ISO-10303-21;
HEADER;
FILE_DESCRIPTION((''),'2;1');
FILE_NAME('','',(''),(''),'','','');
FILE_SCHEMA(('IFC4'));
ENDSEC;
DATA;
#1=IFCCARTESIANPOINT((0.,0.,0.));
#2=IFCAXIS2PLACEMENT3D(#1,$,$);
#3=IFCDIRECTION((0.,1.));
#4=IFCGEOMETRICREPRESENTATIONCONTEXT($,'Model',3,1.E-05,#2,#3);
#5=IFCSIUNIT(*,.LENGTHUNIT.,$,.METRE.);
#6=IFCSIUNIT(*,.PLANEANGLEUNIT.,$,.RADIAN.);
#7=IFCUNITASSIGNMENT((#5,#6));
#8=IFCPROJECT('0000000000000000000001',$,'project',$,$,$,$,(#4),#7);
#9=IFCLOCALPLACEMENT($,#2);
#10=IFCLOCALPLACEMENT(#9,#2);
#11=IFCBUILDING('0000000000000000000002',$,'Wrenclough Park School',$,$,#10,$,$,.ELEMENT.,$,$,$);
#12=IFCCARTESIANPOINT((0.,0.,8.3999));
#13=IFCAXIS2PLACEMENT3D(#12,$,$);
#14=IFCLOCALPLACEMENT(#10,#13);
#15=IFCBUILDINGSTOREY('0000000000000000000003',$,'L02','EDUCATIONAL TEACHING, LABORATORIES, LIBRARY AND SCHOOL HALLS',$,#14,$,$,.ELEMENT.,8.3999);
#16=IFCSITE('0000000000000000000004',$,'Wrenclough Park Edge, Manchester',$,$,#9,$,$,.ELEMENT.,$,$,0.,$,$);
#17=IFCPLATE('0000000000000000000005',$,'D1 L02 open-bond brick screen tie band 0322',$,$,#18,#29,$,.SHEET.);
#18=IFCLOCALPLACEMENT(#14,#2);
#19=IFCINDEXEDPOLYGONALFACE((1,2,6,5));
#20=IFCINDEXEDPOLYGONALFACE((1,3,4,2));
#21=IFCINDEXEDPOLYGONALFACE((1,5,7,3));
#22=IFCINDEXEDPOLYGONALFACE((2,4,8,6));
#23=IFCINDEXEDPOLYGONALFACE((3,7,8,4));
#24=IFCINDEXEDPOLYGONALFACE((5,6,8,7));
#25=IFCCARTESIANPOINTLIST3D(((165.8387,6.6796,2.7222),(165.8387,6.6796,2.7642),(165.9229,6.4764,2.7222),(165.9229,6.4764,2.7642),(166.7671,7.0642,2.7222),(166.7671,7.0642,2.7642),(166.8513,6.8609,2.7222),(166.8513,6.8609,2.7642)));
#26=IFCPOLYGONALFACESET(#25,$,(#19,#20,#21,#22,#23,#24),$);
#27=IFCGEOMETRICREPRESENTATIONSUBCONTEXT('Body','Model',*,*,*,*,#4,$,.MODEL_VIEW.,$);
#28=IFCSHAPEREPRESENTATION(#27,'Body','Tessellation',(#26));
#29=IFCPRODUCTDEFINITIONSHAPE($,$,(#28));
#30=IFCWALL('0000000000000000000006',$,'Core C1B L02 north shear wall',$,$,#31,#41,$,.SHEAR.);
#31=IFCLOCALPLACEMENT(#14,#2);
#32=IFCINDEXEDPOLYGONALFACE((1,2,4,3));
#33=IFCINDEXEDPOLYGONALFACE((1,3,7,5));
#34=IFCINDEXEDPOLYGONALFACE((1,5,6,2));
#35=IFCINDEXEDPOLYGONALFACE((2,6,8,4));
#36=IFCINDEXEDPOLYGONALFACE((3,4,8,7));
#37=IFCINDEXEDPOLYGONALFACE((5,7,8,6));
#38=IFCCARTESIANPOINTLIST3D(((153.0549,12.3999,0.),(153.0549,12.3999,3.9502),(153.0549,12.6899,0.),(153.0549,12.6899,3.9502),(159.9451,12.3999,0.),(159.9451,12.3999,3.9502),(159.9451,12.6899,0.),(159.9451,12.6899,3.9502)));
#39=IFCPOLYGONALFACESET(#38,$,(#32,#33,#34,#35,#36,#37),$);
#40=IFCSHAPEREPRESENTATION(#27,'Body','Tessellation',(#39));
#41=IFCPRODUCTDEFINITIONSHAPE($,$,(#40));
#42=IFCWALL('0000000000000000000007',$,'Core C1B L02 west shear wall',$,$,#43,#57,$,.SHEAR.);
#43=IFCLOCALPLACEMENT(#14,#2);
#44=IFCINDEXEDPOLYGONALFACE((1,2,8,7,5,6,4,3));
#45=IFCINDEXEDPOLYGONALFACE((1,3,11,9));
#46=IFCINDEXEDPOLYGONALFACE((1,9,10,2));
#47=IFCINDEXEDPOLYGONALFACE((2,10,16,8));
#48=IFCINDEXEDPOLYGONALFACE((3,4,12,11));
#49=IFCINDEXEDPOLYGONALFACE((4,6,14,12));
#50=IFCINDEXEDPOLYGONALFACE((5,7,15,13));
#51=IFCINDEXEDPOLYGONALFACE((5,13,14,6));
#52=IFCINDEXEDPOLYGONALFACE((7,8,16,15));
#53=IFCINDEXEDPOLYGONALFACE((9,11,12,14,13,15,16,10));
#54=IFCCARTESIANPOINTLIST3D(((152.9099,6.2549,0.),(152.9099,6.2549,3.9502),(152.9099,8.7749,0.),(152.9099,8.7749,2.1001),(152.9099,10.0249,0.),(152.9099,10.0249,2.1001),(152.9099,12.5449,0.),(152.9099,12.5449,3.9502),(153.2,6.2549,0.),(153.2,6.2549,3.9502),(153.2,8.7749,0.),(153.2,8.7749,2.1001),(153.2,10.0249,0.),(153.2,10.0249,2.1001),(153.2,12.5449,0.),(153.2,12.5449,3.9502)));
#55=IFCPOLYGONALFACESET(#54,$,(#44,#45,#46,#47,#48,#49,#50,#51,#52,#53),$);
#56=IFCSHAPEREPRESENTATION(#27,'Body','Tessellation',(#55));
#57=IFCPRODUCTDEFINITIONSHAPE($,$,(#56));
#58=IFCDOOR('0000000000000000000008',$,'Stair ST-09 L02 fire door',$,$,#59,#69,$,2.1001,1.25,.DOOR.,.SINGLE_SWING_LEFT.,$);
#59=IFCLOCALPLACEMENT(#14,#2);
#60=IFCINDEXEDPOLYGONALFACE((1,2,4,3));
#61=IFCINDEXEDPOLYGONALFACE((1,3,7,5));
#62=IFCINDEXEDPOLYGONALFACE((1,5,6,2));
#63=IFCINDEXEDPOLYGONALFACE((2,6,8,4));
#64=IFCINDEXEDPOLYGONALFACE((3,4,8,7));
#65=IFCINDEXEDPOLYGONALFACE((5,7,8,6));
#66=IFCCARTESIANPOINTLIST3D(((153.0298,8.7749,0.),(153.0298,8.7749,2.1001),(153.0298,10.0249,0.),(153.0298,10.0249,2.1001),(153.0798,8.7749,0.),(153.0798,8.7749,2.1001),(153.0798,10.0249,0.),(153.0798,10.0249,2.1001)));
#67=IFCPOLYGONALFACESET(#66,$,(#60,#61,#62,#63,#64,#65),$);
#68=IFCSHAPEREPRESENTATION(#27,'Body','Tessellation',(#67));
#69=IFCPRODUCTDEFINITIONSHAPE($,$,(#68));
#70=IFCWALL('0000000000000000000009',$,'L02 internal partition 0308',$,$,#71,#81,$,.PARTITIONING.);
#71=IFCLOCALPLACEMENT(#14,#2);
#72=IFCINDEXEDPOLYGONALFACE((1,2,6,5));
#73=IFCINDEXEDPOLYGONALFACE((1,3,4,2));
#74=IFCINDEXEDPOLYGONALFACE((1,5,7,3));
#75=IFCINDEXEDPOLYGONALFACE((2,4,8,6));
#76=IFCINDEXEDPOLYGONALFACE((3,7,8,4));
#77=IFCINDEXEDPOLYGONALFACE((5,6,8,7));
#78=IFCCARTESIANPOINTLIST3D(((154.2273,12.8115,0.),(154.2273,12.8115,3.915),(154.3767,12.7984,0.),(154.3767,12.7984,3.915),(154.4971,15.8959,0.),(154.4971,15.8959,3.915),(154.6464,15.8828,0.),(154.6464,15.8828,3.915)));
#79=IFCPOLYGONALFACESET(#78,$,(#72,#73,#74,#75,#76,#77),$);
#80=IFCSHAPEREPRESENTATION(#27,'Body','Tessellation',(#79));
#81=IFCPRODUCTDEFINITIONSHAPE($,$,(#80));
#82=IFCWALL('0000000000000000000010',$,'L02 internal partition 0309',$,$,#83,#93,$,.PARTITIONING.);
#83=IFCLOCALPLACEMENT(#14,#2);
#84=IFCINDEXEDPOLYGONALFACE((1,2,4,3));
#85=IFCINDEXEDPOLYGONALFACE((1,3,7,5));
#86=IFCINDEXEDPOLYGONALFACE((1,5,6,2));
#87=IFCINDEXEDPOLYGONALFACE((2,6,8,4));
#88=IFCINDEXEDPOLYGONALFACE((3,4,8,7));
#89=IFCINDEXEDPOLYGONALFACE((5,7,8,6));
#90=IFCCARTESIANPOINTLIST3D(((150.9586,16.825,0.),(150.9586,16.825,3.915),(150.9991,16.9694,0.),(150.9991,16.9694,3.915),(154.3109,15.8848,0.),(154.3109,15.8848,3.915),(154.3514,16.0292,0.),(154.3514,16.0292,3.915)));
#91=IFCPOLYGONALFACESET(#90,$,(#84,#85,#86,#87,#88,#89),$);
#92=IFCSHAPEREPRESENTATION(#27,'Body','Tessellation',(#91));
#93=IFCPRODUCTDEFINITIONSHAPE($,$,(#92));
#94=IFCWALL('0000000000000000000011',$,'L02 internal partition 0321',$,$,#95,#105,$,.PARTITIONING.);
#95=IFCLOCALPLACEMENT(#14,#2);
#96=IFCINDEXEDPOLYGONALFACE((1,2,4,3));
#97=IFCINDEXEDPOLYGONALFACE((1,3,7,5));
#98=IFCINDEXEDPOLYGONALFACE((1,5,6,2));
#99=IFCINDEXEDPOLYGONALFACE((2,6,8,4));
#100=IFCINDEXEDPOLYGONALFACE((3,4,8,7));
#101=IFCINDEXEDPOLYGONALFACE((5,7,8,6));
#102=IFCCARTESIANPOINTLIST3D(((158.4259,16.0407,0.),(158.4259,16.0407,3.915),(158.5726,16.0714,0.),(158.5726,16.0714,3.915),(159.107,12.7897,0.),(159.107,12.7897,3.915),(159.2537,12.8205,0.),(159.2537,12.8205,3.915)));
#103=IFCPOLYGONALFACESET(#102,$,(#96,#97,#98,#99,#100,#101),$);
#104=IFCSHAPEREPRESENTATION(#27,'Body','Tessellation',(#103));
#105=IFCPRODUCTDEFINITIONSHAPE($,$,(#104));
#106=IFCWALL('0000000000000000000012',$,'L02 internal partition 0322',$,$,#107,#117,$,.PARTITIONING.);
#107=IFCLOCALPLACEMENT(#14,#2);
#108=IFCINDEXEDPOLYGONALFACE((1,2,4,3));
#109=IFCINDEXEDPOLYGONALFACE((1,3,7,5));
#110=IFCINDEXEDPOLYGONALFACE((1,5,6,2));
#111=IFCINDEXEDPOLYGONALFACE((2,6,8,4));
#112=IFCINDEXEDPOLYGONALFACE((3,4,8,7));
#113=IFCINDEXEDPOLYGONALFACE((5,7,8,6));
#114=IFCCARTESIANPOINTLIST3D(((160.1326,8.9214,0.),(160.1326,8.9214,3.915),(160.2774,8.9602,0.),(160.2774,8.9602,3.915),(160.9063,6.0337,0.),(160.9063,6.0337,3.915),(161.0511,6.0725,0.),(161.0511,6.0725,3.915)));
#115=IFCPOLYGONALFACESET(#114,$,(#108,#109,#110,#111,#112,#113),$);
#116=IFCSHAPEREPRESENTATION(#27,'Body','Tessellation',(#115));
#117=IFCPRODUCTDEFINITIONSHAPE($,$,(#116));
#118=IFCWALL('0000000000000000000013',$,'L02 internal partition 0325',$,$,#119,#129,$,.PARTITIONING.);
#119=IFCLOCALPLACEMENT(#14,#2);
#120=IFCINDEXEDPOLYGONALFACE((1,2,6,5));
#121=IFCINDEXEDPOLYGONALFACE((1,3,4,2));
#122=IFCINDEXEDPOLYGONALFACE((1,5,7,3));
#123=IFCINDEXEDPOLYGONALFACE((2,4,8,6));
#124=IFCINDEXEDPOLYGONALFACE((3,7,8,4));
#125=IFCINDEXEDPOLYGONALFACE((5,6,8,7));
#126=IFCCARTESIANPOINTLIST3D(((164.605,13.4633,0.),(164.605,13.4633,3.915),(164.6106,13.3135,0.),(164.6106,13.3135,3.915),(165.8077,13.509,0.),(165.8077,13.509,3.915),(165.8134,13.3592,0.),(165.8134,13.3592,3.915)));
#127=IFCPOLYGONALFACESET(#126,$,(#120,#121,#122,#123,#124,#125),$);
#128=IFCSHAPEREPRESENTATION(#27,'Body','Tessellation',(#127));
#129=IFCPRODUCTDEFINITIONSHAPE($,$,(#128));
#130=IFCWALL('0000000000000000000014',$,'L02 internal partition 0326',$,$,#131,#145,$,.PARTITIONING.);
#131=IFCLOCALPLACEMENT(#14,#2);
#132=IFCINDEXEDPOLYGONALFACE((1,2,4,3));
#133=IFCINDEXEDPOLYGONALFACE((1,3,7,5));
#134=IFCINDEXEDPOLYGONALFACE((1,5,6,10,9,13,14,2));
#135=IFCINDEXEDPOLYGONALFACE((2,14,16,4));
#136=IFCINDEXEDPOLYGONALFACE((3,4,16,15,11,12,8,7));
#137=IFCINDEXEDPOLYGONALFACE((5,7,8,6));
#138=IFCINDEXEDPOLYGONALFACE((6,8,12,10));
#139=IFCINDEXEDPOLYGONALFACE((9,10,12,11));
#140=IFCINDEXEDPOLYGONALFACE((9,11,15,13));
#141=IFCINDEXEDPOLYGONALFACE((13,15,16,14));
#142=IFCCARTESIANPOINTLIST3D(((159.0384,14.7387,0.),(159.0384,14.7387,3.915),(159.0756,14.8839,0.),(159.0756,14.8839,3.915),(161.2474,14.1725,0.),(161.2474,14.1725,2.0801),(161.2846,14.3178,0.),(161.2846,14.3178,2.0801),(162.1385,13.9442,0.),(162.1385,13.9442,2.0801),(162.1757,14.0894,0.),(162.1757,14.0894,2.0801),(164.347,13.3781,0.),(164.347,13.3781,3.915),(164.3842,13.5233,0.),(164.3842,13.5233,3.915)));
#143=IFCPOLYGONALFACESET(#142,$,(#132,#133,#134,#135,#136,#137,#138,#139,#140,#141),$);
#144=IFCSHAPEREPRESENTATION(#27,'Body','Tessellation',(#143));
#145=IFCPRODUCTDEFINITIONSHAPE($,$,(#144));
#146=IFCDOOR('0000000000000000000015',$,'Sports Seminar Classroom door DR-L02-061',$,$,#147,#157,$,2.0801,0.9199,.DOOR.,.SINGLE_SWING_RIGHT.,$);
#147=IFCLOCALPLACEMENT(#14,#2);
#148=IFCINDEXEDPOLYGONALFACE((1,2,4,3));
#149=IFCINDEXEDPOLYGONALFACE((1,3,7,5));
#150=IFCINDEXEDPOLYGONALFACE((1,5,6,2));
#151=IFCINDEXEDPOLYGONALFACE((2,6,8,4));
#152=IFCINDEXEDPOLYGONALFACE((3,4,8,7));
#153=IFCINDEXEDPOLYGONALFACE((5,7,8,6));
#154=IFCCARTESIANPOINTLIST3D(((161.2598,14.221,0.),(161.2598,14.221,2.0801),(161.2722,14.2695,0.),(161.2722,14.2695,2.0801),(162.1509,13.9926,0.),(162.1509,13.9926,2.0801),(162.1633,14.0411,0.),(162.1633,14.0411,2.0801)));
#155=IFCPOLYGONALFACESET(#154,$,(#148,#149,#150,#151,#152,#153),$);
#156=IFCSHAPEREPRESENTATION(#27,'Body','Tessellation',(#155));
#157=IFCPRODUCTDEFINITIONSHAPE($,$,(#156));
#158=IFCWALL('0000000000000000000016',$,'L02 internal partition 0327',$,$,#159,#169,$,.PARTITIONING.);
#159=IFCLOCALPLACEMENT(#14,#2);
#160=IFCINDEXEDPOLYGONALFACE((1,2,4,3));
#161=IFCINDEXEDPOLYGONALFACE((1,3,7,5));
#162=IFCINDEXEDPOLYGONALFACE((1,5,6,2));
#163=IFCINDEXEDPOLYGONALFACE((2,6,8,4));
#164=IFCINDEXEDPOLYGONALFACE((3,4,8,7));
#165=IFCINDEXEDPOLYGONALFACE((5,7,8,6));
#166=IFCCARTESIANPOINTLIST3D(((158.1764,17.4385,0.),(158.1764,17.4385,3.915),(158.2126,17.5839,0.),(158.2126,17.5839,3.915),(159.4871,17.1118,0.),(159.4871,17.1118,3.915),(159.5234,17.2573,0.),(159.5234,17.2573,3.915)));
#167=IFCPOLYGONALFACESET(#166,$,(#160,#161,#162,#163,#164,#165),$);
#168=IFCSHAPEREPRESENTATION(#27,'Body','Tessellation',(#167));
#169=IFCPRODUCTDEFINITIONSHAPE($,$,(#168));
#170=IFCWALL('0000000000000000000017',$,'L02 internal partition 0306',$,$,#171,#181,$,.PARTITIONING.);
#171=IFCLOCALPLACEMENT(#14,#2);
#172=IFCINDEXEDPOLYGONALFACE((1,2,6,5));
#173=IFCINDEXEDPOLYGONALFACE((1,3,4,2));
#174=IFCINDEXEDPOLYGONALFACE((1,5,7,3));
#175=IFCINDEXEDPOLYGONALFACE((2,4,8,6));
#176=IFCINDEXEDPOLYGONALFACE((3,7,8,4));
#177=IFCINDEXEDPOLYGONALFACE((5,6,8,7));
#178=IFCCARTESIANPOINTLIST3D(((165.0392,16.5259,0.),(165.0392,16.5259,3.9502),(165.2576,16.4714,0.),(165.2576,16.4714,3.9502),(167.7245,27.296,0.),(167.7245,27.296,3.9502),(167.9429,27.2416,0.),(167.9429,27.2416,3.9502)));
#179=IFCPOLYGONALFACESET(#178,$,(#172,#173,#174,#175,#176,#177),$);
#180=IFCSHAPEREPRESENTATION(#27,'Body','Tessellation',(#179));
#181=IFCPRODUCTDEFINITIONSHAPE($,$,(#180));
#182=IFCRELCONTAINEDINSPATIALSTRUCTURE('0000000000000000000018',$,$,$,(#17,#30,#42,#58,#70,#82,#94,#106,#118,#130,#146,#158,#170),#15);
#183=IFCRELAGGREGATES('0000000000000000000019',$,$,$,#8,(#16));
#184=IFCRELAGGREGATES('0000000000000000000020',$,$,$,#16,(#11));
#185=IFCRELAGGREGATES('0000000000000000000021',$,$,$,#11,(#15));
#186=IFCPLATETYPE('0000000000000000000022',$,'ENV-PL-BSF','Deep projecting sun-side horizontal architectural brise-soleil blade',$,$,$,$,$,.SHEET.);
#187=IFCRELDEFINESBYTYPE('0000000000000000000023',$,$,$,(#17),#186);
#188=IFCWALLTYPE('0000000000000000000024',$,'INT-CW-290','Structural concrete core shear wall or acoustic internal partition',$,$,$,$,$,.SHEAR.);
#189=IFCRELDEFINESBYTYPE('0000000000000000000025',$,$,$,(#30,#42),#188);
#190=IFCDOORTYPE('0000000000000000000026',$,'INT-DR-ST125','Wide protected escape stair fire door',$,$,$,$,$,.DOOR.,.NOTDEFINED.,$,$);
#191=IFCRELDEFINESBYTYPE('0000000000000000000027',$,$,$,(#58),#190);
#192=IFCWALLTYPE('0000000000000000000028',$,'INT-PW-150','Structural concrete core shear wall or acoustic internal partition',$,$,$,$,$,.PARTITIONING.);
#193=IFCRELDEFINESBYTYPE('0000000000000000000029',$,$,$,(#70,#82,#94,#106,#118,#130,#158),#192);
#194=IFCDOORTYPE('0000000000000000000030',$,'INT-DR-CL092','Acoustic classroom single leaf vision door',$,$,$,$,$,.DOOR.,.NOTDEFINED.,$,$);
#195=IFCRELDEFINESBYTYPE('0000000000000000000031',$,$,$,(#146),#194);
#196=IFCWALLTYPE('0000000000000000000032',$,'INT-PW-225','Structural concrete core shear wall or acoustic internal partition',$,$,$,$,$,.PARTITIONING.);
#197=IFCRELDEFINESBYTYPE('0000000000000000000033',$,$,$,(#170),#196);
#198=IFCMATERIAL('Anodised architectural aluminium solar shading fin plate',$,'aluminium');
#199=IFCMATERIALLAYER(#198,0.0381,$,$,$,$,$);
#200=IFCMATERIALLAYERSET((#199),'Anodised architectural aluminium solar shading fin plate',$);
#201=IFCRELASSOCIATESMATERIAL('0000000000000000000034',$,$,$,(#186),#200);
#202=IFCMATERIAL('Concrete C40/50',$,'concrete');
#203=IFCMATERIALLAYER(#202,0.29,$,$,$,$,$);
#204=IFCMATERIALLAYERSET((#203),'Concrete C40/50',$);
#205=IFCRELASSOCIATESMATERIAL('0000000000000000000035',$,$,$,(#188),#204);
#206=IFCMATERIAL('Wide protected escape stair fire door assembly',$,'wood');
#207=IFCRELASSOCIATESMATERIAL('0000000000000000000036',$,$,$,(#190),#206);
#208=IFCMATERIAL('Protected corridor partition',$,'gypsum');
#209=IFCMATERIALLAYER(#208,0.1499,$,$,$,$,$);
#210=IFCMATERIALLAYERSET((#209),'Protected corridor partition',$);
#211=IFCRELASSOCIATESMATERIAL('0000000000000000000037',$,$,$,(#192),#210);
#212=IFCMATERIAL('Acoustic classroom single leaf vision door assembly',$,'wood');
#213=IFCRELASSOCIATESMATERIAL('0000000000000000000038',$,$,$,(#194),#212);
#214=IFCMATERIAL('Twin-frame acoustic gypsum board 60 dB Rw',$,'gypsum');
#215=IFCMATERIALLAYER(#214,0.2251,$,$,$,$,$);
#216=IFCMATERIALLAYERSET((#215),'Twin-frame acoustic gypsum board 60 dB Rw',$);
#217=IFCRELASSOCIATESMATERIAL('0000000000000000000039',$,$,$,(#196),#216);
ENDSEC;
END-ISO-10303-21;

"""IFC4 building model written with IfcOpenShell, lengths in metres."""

from ifc_helpers import new_model, si_unit, direction, frame, frame_2d, origin, origin_2d, place, context, subcontext, project, spatial, rectangle, extrude, material, layer, layer_set, type_object, element, fill, save


model = new_model("IFC4")

# Units and contexts
model_context = context("Model", 3, precision=1e-05, world=origin(), true_north=direction((0.0, 1.0)))
body_context = subcontext(model_context, "Body", "Model", "MODEL_VIEW")
ifc_project = project(units=[si_unit("LENGTHUNIT", "METRE"), si_unit("PLANEANGLEUNIT", "RADIAN")], contexts=[model_context])

# Site, building, storey
site_placement = place(None, origin())
site = spatial("IfcSite", under=ifc_project, at=site_placement, Name="Wrenclough Park Edge, Manchester", CompositionType="ELEMENT", RefElevation=0.0)
building_placement = place(site_placement, origin())
building = spatial("IfcBuilding", under=site, at=building_placement, Name="Wrenclough Park School", CompositionType="ELEMENT")
storey_placement = place(building_placement, frame((0.0, 0.0, 8.3999)))
storey = spatial("IfcBuildingStorey", under=building, at=storey_placement, Name="L02", Description="EDUCATIONAL TEACHING, LABORATORIES, LIBRARY AND SCHOOL HALLS", CompositionType="ELEMENT", Elevation=8.3999)

# Plate
ifc_material_1 = material(Name="Anodised architectural aluminium solar shading fin plate", Category="aluminium")
ifc_layer_1 = layer(ifc_material_1, 0.0381)
ifc_layer_set_1 = layer_set([ifc_layer_1], Name="Anodised architectural aluminium solar shading fin plate")
plate_type = type_object("IfcPlateType", Name="ENV-PL-BSF", Description="Deep projecting sun-side horizontal architectural brise-soleil blade", PredefinedType="SHEET", material=ifc_layer_set_1)
plate_placement = place(storey_placement, frame((166.345, 6.7703, 2.7222), z_axis=(0.0, 0.0, 1.0), x_axis=(0.923879, 0.382684, 0.0)))
element("IfcPlate", 1, at=plate_placement, inside=storey, type_object=plate_type, Name="D1 L02 open-bond brick screen tie band 0322", PredefinedType="SHEET", context=body_context, shape_type="SweptSolid", body=[
    extrude(rectangle(XDim=1.0049, YDim=0.22, at=origin_2d()), origin(), (0.0, 0.0, 1.0), 0.042),
])

# Wall
ifc_material_2 = material(Name="Concrete C40/50", Category="concrete")
ifc_layer_2 = layer(ifc_material_2, 0.29)
ifc_layer_set_2 = layer_set([ifc_layer_2], Name="Concrete C40/50")
wall_type_1 = type_object("IfcWallType", Name="INT-CW-290", Description="Structural concrete core shear wall or acoustic internal partition", PredefinedType="SHEAR", material=ifc_layer_set_2)
wall_1_placement = place(storey_placement, frame((159.9451, 12.5449, 0.0), z_axis=(0.0, 0.0, 1.0), x_axis=(-1.0, 0.0, 0.0)))
element("IfcWall", 2, at=wall_1_placement, inside=storey, type_object=wall_type_1, Name="Core C1B L02 north shear wall", PredefinedType="SHEAR", context=body_context, shape_type="SweptSolid", body=[
    extrude(rectangle(XDim=6.8901, YDim=0.29, at=frame_2d((3.4451, 0.0))), origin(), (0.0, 0.0, 1.0), 3.9502),
])

# Wall, opening, door
wall_2_placement = place(storey_placement, frame((153.0549, 12.5449, 0.0), z_axis=(0.0, 0.0, 1.0), x_axis=(0.0, -1.0, 0.0)))
wall_2 = element("IfcWall", 3, at=wall_2_placement, inside=storey, type_object=wall_type_1, Name="Core C1B L02 west shear wall", PredefinedType="SHEAR", context=body_context, shape_type="SweptSolid", body=[
    extrude(rectangle(XDim=6.29, YDim=0.29, at=frame_2d((3.145, 0.0))), origin(), (0.0, 0.0, 1.0), 3.9502),
])
opening_1_placement = place(wall_2_placement, frame((2.52, 0.0, 0.0)))
opening_1 = element("IfcOpeningElement", 4, at=opening_1_placement, cuts=wall_2, PredefinedType="OPENING", context=body_context, shape_type="SweptSolid", body=[
    extrude(rectangle(XDim=1.25, YDim=2.1001, at=frame_2d((0.625, 1.05))), frame((0.0, 0.155, 0.0), z_axis=(0.0, -1.0, 0.0), x_axis=(1.0, 0.0, 0.0)), (0.0, 0.0, 1.0), 0.3101),
])
ifc_material_3 = material(Name="Wide protected escape stair fire door assembly", Category="wood")
door_type_1 = type_object("IfcDoorType", Name="INT-DR-ST125", Description="Wide protected escape stair fire door", OperationType="NOTDEFINED", PredefinedType="DOOR", material=ifc_material_3)
door_1_placement = place(opening_1_placement, origin())
door_1 = element("IfcDoor", 5, at=door_1_placement, inside=storey, type_object=door_type_1, Name="Stair ST-09 L02 fire door", OperationType="SINGLE_SWING_LEFT", OverallHeight=2.1001, OverallWidth=1.25, PredefinedType="DOOR", context=body_context, shape_type="SweptSolid", body=[
    extrude(rectangle(XDim=1.25, YDim=2.1001, at=frame_2d((0.625, 1.05))), frame((0.0, 0.0249, 0.0), z_axis=(0.0, -1.0, 0.0), x_axis=(1.0, 0.0, 0.0)), (0.0, 0.0, 1.0), 0.05),
])
fill(opening_1, door_1)

# Walls
ifc_material_4 = material(Name="Protected corridor partition", Category="gypsum")
ifc_layer_3 = layer(ifc_material_4, 0.1499)
ifc_layer_set_3 = layer_set([ifc_layer_3], Name="Protected corridor partition")
wall_type_2 = type_object("IfcWallType", Name="INT-PW-150", Description="Structural concrete core shear wall or acoustic internal partition", PredefinedType="PARTITIONING", material=ifc_layer_set_3)
wall_3_placement = place(storey_placement, frame((154.302, 12.8049, 0.0), z_axis=(0.0, 0.0, 1.0), x_axis=(0.08713, 0.996197, 0.0)))
element("IfcWall", 6, at=wall_3_placement, inside=storey, type_object=wall_type_2, Name="L02 internal partition 0308", PredefinedType="PARTITIONING", context=body_context, shape_type="SweptSolid", body=[
    extrude(rectangle(XDim=3.0962, YDim=0.1499, at=frame_2d((1.5481, 0.0))), origin(), (0.0, 0.0, 1.0), 3.915),
])
wall_4_placement = place(storey_placement, frame((154.3311, 15.957, 0.0), z_axis=(0.0, 0.0, 1.0), x_axis=(-0.962849, 0.270041, 0.0)))
element("IfcWall", 7, at=wall_4_placement, inside=storey, type_object=wall_type_2, Name="L02 internal partition 0309", PredefinedType="PARTITIONING", context=body_context, shape_type="SweptSolid", body=[
    extrude(rectangle(XDim=3.4817, YDim=0.1499, at=frame_2d((1.7407, 0.0))), origin(), (0.0, 0.0, 1.0), 3.915),
])
wall_5_placement = place(storey_placement, frame((158.4993, 16.0559, 0.0), z_axis=(0.0, 0.0, 1.0), x_axis=(0.205069, -0.978747, 0.0)))
element("IfcWall", 8, at=wall_5_placement, inside=storey, type_object=wall_type_2, Name="L02 internal partition 0321", PredefinedType="PARTITIONING", context=body_context, shape_type="SweptSolid", body=[
    extrude(rectangle(XDim=3.3215, YDim=0.1499, at=frame_2d((1.6606, 0.0))), origin(), (0.0, 0.0, 1.0), 3.915),
])
wall_6_placement = place(storey_placement, frame((160.2051, 8.9407, 0.0), z_axis=(0.0, 0.0, 1.0), x_axis=(0.258796, -0.965932, 0.0)))
element("IfcWall", 9, at=wall_6_placement, inside=storey, type_object=wall_type_2, Name="L02 internal partition 0322", PredefinedType="PARTITIONING", context=body_context, shape_type="SweptSolid", body=[
    extrude(rectangle(XDim=2.9895, YDim=0.1499, at=frame_2d((1.4946, 0.0))), origin(), (0.0, 0.0, 1.0), 3.915),
])
wall_7_placement = place(storey_placement, frame((165.8105, 13.4341, 0.0), z_axis=(0.0, 0.0, 1.0), x_axis=(-0.99928, -0.037935, 0.0)))
element("IfcWall", 10, at=wall_7_placement, inside=storey, type_object=wall_type_2, Name="L02 internal partition 0325", PredefinedType="PARTITIONING", context=body_context, shape_type="SweptSolid", body=[
    extrude(rectangle(XDim=1.2036, YDim=0.1499, at=frame_2d((0.6018, 0.0))), origin(), (0.0, 0.0, 1.0), 3.915),
])

# Wall, opening, door
wall_8_placement = place(storey_placement, frame((164.3657, 13.4507, 0.0), z_axis=(0.0, 0.0, 1.0), x_axis=(-0.968689, 0.248276, 0.0)))
wall_8 = element("IfcWall", 11, at=wall_8_placement, inside=storey, type_object=wall_type_2, Name="L02 internal partition 0326", PredefinedType="PARTITIONING", context=body_context, shape_type="SweptSolid", body=[
    extrude(rectangle(XDim=5.4802, YDim=0.1499, at=frame_2d((2.7402, 0.0))), origin(), (0.0, 0.0, 1.0), 3.915),
])
opening_2_placement = place(wall_8_placement, frame((2.28, 0.0, 0.0)))
opening_2 = element("IfcOpeningElement", 12, at=opening_2_placement, cuts=wall_8, PredefinedType="OPENING", context=body_context, shape_type="SweptSolid", body=[
    extrude(rectangle(XDim=0.9199, YDim=2.0801, at=frame_2d((0.46, 1.04))), frame((0.0, 0.085, 0.0), z_axis=(0.0, -1.0, 0.0), x_axis=(1.0, 0.0, 0.0)), (0.0, 0.0, 1.0), 0.1699),
])
ifc_material_5 = material(Name="Acoustic classroom single leaf vision door assembly", Category="wood")
door_type_2 = type_object("IfcDoorType", Name="INT-DR-CL092", Description="Acoustic classroom single leaf vision door", OperationType="NOTDEFINED", PredefinedType="DOOR", material=ifc_material_5)
door_2_placement = place(opening_2_placement, origin())
door_2 = element("IfcDoor", 13, at=door_2_placement, inside=storey, type_object=door_type_2, Name="Sports Seminar Classroom door DR-L02-061", OperationType="SINGLE_SWING_RIGHT", OverallHeight=2.0801, OverallWidth=0.9199, PredefinedType="DOOR", context=body_context, shape_type="SweptSolid", body=[
    extrude(rectangle(XDim=0.9199, YDim=2.0801, at=frame_2d((0.46, 1.04))), frame((0.0, 0.0249, 0.0), z_axis=(0.0, -1.0, 0.0), x_axis=(1.0, 0.0, 0.0)), (0.0, 0.0, 1.0), 0.05),
])
fill(opening_2, door_2)

# Walls
wall_9_placement = place(storey_placement, frame((159.5051, 17.1846, 0.0), z_axis=(0.0, 0.0, 1.0), x_axis=(-0.970323, 0.241813, 0.0)))
element("IfcWall", 14, at=wall_9_placement, inside=storey, type_object=wall_type_2, Name="L02 internal partition 0327", PredefinedType="PARTITIONING", context=body_context, shape_type="SweptSolid", body=[
    extrude(rectangle(XDim=1.3508, YDim=0.1499, at=frame_2d((0.6753, 0.0))), origin(), (0.0, 0.0, 1.0), 3.915),
])
ifc_material_6 = material(Name="Twin-frame acoustic gypsum board 60 dB Rw", Category="gypsum")
ifc_layer_4 = layer(ifc_material_6, 0.2251)
ifc_layer_set_4 = layer_set([ifc_layer_4], Name="Twin-frame acoustic gypsum board 60 dB Rw")
wall_type_3 = type_object("IfcWallType", Name="INT-PW-225", Description="Structural concrete core shear wall or acoustic internal partition", PredefinedType="PARTITIONING", material=ifc_layer_set_4)
wall_10_placement = place(storey_placement, frame((165.1484, 16.4988, 0.0), z_axis=(0.0, 0.0, 1.0), x_axis=(0.24192, 0.970296, 0.0)))
element("IfcWall", 15, at=wall_10_placement, inside=storey, type_object=wall_type_3, Name="L02 internal partition 0306", PredefinedType="PARTITIONING", context=body_context, shape_type="SweptSolid", body=[
    extrude(rectangle(XDim=11.0999, YDim=0.2251, at=frame_2d((5.5498, 0.0))), origin(), (0.0, 0.0, 1.0), 3.9502),
])

save(model, "model.ifc")
